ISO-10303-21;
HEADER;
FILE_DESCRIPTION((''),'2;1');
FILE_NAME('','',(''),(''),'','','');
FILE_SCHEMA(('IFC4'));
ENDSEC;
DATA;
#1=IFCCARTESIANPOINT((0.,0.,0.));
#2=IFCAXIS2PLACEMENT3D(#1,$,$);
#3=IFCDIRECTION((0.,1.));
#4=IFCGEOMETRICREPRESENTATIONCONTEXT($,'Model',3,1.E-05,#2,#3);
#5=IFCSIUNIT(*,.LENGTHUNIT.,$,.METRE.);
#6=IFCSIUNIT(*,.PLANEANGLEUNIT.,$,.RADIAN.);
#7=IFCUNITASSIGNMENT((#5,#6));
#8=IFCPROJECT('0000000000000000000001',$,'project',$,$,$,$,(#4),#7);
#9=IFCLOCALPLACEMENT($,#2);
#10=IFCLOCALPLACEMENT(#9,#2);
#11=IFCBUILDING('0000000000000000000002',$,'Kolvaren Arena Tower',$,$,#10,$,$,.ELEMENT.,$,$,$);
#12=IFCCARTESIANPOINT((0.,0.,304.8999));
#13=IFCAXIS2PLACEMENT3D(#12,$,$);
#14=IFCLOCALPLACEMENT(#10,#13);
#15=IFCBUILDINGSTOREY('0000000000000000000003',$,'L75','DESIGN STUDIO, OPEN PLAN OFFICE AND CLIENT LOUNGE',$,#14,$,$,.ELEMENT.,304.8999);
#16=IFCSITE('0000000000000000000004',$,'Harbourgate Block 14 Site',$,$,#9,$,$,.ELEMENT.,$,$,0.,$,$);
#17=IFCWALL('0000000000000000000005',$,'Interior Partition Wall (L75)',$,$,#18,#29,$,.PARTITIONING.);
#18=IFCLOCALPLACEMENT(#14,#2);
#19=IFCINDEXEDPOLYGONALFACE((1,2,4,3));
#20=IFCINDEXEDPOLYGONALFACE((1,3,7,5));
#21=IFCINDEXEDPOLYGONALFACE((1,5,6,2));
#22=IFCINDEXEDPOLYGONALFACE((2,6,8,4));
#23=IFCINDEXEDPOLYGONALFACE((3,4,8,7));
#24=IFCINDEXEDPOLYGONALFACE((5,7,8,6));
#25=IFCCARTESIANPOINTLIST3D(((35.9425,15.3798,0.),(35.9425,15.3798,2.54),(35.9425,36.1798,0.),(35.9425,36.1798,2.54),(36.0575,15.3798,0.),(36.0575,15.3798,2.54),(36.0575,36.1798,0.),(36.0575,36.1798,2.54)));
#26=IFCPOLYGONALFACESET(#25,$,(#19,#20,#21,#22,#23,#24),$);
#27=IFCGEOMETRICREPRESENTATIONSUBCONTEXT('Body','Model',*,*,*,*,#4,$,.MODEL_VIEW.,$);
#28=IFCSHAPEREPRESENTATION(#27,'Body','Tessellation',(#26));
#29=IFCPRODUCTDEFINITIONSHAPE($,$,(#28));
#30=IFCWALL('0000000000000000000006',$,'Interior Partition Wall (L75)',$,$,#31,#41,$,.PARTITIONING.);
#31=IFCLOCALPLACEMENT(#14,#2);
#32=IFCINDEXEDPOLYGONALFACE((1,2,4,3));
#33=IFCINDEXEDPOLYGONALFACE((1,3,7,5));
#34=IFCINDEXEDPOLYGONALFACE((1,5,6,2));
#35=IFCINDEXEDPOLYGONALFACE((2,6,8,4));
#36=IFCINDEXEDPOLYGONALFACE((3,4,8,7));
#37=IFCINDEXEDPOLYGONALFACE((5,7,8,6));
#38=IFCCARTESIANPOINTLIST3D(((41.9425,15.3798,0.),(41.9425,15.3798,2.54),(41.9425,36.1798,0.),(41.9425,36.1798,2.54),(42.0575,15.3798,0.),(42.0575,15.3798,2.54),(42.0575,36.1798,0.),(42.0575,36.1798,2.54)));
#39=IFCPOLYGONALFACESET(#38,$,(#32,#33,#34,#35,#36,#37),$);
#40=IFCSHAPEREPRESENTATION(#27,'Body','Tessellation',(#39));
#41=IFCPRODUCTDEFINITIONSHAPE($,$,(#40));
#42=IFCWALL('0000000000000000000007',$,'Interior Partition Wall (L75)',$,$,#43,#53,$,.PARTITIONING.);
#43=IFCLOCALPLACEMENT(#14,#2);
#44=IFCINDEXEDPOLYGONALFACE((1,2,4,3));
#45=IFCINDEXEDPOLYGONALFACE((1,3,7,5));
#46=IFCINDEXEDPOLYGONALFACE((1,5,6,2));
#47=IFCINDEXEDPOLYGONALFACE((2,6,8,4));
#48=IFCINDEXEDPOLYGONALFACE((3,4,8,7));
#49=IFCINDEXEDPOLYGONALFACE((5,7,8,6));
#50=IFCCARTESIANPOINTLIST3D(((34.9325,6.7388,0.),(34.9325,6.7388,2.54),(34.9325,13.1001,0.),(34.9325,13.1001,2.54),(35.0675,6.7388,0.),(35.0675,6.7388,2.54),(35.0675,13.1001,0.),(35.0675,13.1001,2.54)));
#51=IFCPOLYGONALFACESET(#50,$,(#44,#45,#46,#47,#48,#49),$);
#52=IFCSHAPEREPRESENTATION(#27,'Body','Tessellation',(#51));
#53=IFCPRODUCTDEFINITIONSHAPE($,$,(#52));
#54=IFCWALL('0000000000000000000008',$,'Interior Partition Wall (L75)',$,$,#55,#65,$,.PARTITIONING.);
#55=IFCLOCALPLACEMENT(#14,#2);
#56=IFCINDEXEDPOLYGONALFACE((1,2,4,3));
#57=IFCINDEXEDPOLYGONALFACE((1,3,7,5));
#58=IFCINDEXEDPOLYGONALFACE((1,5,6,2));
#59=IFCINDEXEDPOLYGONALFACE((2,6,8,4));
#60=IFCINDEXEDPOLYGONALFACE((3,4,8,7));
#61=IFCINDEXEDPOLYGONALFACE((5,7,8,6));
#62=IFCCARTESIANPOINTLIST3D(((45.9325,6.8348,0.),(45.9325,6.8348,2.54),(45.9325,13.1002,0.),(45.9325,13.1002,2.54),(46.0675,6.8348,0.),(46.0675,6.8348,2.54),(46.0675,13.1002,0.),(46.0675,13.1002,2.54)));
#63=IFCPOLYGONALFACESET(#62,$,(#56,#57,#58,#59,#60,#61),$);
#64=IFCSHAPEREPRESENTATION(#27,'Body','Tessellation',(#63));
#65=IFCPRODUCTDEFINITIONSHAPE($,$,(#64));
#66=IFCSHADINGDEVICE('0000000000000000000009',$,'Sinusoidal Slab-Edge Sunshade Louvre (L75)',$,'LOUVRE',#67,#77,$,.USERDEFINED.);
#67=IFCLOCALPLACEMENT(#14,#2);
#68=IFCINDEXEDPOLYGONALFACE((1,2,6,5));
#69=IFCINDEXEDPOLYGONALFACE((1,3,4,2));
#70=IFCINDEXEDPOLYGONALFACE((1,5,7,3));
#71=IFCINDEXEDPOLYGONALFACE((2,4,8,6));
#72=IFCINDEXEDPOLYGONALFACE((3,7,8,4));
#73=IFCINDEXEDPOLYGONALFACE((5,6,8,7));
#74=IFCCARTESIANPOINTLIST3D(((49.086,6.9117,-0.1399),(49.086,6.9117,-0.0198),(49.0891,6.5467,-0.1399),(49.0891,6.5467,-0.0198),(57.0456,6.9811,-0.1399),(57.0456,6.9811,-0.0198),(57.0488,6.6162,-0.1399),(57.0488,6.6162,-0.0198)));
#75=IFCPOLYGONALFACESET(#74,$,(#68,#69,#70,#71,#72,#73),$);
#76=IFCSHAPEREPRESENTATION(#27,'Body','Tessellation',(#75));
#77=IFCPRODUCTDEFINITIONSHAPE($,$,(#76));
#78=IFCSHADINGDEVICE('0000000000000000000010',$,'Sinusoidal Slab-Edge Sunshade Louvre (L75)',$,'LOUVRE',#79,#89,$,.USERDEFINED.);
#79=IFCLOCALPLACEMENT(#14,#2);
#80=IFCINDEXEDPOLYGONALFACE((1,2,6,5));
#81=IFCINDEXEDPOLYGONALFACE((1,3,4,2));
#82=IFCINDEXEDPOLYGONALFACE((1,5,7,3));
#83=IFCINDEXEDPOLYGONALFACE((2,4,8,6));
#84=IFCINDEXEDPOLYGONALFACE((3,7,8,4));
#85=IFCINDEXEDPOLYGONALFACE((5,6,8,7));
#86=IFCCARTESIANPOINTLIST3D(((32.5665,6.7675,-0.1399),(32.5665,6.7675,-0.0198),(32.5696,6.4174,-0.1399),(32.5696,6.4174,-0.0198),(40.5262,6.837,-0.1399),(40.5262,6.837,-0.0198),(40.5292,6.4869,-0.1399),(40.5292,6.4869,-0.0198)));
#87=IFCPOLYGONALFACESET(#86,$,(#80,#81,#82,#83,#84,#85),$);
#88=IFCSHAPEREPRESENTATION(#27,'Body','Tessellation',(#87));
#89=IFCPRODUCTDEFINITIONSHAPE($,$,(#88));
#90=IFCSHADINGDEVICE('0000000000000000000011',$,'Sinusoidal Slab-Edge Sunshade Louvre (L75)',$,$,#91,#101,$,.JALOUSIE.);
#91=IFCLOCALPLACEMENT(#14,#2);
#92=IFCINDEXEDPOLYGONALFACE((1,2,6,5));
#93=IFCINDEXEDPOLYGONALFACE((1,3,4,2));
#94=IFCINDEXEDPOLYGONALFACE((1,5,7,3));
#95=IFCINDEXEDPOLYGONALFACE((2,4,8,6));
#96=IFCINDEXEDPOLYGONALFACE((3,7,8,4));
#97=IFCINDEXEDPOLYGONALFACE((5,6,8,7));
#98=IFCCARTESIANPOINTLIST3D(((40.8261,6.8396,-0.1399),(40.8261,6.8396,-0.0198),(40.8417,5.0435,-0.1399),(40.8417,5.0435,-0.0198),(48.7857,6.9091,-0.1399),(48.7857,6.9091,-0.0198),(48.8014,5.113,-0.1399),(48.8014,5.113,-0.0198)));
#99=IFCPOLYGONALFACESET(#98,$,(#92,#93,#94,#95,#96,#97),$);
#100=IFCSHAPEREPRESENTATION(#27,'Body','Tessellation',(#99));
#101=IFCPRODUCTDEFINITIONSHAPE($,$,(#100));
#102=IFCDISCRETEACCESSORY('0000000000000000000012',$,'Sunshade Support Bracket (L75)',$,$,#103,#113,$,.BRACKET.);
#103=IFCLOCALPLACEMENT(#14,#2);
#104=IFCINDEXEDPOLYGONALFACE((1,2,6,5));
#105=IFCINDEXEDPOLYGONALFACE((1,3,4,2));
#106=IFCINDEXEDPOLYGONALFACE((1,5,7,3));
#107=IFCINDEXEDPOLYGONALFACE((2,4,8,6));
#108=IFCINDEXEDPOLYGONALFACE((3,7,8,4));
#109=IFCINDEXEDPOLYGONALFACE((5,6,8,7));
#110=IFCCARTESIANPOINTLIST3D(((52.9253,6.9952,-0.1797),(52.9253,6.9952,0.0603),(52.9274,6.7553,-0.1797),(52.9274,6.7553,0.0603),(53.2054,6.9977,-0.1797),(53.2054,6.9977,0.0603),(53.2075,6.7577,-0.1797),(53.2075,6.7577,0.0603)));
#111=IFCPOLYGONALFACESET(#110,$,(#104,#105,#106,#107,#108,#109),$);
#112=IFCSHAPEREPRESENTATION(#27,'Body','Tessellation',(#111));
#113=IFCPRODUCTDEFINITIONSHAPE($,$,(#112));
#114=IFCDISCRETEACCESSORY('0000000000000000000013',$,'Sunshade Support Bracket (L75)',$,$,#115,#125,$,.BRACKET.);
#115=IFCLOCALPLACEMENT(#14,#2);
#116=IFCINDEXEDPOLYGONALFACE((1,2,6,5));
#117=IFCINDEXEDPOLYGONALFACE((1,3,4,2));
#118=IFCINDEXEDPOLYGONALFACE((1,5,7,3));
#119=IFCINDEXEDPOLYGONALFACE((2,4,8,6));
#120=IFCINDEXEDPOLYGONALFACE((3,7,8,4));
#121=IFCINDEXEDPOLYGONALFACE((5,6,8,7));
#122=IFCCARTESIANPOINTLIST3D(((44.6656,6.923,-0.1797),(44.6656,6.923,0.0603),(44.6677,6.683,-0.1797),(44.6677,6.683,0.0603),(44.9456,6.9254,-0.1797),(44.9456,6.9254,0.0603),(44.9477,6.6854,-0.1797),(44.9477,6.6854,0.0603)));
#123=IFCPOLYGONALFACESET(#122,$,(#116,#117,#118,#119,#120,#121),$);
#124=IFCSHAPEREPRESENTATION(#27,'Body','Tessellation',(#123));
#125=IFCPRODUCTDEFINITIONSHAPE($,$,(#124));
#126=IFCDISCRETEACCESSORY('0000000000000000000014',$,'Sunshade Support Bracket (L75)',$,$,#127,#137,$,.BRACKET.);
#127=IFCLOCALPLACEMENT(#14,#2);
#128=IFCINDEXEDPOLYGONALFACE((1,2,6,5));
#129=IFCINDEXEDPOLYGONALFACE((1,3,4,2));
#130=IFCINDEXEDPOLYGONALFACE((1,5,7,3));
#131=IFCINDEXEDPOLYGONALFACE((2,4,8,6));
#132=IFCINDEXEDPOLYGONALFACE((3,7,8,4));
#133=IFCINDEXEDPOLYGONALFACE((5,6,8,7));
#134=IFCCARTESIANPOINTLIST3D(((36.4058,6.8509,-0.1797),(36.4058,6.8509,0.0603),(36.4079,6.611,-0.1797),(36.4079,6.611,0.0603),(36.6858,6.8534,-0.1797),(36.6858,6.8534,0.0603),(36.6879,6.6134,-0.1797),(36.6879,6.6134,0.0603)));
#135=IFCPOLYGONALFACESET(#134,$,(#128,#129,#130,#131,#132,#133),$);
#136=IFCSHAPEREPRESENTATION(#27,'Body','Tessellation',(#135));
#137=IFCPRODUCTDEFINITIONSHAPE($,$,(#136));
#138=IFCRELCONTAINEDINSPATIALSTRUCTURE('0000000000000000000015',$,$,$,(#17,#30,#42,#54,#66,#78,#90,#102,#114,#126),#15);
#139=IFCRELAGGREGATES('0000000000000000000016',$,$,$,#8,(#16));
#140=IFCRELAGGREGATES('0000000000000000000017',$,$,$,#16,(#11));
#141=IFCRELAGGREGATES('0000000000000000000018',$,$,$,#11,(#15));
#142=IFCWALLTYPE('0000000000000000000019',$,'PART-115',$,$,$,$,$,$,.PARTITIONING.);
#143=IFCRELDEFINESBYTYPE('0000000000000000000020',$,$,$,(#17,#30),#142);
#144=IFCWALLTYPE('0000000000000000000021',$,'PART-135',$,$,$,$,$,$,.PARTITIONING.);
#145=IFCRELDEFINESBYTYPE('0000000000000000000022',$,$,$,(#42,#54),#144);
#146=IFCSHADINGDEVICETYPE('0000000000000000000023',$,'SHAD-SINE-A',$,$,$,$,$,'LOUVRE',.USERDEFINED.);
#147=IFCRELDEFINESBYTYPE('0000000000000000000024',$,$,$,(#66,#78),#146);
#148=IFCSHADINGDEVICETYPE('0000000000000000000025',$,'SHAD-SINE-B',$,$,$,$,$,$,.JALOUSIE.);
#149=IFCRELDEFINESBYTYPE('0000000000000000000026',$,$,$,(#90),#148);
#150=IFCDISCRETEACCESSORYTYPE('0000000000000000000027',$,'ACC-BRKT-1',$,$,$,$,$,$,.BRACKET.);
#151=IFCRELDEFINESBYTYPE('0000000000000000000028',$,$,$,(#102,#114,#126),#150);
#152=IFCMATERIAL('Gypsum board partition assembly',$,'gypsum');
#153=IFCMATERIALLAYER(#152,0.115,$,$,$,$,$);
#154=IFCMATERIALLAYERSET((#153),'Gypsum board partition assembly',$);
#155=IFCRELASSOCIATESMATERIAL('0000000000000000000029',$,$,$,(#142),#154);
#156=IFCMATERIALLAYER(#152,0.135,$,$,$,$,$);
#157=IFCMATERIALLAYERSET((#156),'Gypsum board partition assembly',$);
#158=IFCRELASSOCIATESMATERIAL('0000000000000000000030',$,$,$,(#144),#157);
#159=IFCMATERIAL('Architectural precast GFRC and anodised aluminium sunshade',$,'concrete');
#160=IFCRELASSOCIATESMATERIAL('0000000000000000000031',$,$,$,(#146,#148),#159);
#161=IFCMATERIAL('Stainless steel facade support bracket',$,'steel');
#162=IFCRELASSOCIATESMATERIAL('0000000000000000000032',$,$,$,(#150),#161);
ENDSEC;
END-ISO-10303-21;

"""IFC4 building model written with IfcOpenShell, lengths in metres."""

from ifc_helpers import new_model, si_unit, direction, frame, frame_2d, origin, origin_2d, place, context, subcontext, project, spatial, rectangle, extrude, material, layer, layer_set, type_object, element, save


model = new_model("IFC4")

# Units and contexts
model_context = context("Model", 3, precision=1e-05, world=origin(), true_north=direction((0.0, 1.0)))
body_context = subcontext(model_context, "Body", "Model", "MODEL_VIEW")
ifc_project = project(units=[si_unit("LENGTHUNIT", "METRE"), si_unit("PLANEANGLEUNIT", "RADIAN")], contexts=[model_context])

# Site, building, storey
site_placement = place(None, origin())
site = spatial("IfcSite", under=ifc_project, at=site_placement, Name="Harbourgate Block 14 Site", CompositionType="ELEMENT", RefElevation=0.0)
building_placement = place(site_placement, origin())
building = spatial("IfcBuilding", under=site, at=building_placement, Name="Kolvaren Arena Tower", CompositionType="ELEMENT")
storey_placement = place(building_placement, frame((0.0, 0.0, 304.8999)))
storey = spatial("IfcBuildingStorey", under=building, at=storey_placement, Name="L75", Description="DESIGN STUDIO, OPEN PLAN OFFICE AND CLIENT LOUNGE", CompositionType="ELEMENT", Elevation=304.8999)

# Walls
ifc_material_1 = material(Name="Gypsum board partition assembly", Category="gypsum")
ifc_layer_1 = layer(ifc_material_1, 0.115)
ifc_layer_set_1 = layer_set([ifc_layer_1], Name="Gypsum board partition assembly")
wall_type_1 = type_object("IfcWallType", Name="PART-115", PredefinedType="PARTITIONING", material=ifc_layer_set_1)
for number, where, z_axis, x_axis, name in (
    (1, (36.0, 15.3799, 0.0), (0.0, 0.0, 1.0), (0.0, 1.0, 0.0), "Interior Partition Wall (L75)"),
    (2, (42.0, 15.3799, 0.0), (0.0, 0.0, 1.0), (0.0, 1.0, 0.0), "Interior Partition Wall (L75)"),
):
    element("IfcWall", number, at=place(storey_placement, frame(where, z_axis=z_axis, x_axis=x_axis)), inside=storey, type_object=wall_type_1, Name=name, PredefinedType="PARTITIONING", context=body_context, shape_type="SweptSolid", body=[
        extrude(rectangle(XDim=20.8, YDim=0.115, at=frame_2d((10.3999, 0.0))), origin(), (0.0, 0.0, 1.0), 2.54),
    ])
ifc_layer_2 = layer(ifc_material_1, 0.135)
ifc_layer_set_2 = layer_set([ifc_layer_2], Name="Gypsum board partition assembly")
wall_type_2 = type_object("IfcWallType", Name="PART-135", PredefinedType="PARTITIONING", material=ifc_layer_set_2)
wall_1_placement = place(storey_placement, frame((35.0, 6.7388, 0.0), z_axis=(0.0, 0.0, 1.0), x_axis=(0.0, 1.0, 0.0)))
element("IfcWall", 3, at=wall_1_placement, inside=storey, type_object=wall_type_2, Name="Interior Partition Wall (L75)", PredefinedType="PARTITIONING", context=body_context, shape_type="SweptSolid", body=[
    extrude(rectangle(XDim=6.3613, YDim=0.135, at=frame_2d((3.1807, 0.0))), origin(), (0.0, 0.0, 1.0), 2.54),
])
wall_2_placement = place(storey_placement, frame((46.0, 6.8347, 0.0), z_axis=(0.0, 0.0, 1.0), x_axis=(0.0, 1.0, 0.0)))
element("IfcWall", 4, at=wall_2_placement, inside=storey, type_object=wall_type_2, Name="Interior Partition Wall (L75)", PredefinedType="PARTITIONING", context=body_context, shape_type="SweptSolid", body=[
    extrude(rectangle(XDim=6.2654, YDim=0.135, at=frame_2d((3.1328, 0.0))), origin(), (0.0, 0.0, 1.0), 2.54),
])

# Shading devices
ifc_material_2 = material(Name="Architectural precast GFRC and anodised aluminium sunshade", Category="concrete")
shading_device_type_1 = type_object("IfcShadingDeviceType", Name="SHAD-SINE-A", ElementType="LOUVRE", PredefinedType="USERDEFINED", material=ifc_material_2)
shading_device_1_placement = place(storey_placement, frame((53.0674, 6.7639, -0.1399), z_axis=(0.0, 0.0, 1.0), x_axis=(-0.999962, -0.008727, 0.0)))
element("IfcShadingDevice", 5, at=shading_device_1_placement, inside=storey, type_object=shading_device_type_1, Name="Sinusoidal Slab-Edge Sunshade Louvre (L75)", ObjectType="LOUVRE", PredefinedType="USERDEFINED", context=body_context, shape_type="SweptSolid", body=[
    extrude(rectangle(XDim=7.96, YDim=0.365, at=origin_2d()), origin(), (0.0, 0.0, 1.0), 0.1201),
])
shading_device_2_placement = place(storey_placement, frame((36.5479, 6.6272, -0.1399), z_axis=(0.0, 0.0, 1.0), x_axis=(-0.999962, -0.008727, 0.0)))
element("IfcShadingDevice", 6, at=shading_device_2_placement, inside=storey, type_object=shading_device_type_1, Name="Sinusoidal Slab-Edge Sunshade Louvre (L75)", ObjectType="LOUVRE", PredefinedType="USERDEFINED", context=body_context, shape_type="SweptSolid", body=[
    extrude(rectangle(XDim=7.96, YDim=0.3501, at=origin_2d()), origin(), (0.0, 0.0, 1.0), 0.1201),
])
shading_device_type_2 = type_object("IfcShadingDeviceType", Name="SHAD-SINE-B", PredefinedType="JALOUSIE", material=ifc_material_2)
shading_device_3_placement = place(storey_placement, frame((44.8137, 5.9763, -0.1399), z_axis=(0.0, 0.0, 1.0), x_axis=(-0.999962, -0.008727, 0.0)))
element("IfcShadingDevice", 7, at=shading_device_3_placement, inside=storey, type_object=shading_device_type_2, Name="Sinusoidal Slab-Edge Sunshade Louvre (L75)", PredefinedType="JALOUSIE", context=body_context, shape_type="SweptSolid", body=[
    extrude(rectangle(XDim=7.96, YDim=1.7961, at=origin_2d()), origin(), (0.0, 0.0, 1.0), 0.1201),
])

# Discrete accessories
ifc_material_3 = material(Name="Stainless steel facade support bracket", Category="steel")
discrete_accessory_type = type_object("IfcDiscreteAccessoryType", Name="ACC-BRKT-1", PredefinedType="BRACKET", material=ifc_material_3)
for number, where, z_axis, x_axis, name in (
    (8, (53.0664, 6.8765, -0.1797), (0.0, 0.0, 1.0), (-0.999962, -0.008727, 0.0), "Sunshade Support Bracket (L75)"),
    (9, (44.8066, 6.8042, -0.1797), (0.0, 0.0, 1.0), (-0.999962, -0.008727, 0.0), "Sunshade Support Bracket (L75)"),
    (10, (36.5469, 6.7322, -0.1797), (0.0, 0.0, 1.0), (-0.999962, -0.008727, 0.0), "Sunshade Support Bracket (L75)"),
):
    element("IfcDiscreteAccessory", number, at=place(storey_placement, frame(where, z_axis=z_axis, x_axis=x_axis)), inside=storey, type_object=discrete_accessory_type, Name=name, PredefinedType="BRACKET", context=body_context, shape_type="SweptSolid", body=[
        extrude(rectangle(XDim=0.28, YDim=0.24, at=origin_2d()), origin(), (0.0, 0.0, 1.0), 0.24),
    ])

save(model, "model.ifc")
